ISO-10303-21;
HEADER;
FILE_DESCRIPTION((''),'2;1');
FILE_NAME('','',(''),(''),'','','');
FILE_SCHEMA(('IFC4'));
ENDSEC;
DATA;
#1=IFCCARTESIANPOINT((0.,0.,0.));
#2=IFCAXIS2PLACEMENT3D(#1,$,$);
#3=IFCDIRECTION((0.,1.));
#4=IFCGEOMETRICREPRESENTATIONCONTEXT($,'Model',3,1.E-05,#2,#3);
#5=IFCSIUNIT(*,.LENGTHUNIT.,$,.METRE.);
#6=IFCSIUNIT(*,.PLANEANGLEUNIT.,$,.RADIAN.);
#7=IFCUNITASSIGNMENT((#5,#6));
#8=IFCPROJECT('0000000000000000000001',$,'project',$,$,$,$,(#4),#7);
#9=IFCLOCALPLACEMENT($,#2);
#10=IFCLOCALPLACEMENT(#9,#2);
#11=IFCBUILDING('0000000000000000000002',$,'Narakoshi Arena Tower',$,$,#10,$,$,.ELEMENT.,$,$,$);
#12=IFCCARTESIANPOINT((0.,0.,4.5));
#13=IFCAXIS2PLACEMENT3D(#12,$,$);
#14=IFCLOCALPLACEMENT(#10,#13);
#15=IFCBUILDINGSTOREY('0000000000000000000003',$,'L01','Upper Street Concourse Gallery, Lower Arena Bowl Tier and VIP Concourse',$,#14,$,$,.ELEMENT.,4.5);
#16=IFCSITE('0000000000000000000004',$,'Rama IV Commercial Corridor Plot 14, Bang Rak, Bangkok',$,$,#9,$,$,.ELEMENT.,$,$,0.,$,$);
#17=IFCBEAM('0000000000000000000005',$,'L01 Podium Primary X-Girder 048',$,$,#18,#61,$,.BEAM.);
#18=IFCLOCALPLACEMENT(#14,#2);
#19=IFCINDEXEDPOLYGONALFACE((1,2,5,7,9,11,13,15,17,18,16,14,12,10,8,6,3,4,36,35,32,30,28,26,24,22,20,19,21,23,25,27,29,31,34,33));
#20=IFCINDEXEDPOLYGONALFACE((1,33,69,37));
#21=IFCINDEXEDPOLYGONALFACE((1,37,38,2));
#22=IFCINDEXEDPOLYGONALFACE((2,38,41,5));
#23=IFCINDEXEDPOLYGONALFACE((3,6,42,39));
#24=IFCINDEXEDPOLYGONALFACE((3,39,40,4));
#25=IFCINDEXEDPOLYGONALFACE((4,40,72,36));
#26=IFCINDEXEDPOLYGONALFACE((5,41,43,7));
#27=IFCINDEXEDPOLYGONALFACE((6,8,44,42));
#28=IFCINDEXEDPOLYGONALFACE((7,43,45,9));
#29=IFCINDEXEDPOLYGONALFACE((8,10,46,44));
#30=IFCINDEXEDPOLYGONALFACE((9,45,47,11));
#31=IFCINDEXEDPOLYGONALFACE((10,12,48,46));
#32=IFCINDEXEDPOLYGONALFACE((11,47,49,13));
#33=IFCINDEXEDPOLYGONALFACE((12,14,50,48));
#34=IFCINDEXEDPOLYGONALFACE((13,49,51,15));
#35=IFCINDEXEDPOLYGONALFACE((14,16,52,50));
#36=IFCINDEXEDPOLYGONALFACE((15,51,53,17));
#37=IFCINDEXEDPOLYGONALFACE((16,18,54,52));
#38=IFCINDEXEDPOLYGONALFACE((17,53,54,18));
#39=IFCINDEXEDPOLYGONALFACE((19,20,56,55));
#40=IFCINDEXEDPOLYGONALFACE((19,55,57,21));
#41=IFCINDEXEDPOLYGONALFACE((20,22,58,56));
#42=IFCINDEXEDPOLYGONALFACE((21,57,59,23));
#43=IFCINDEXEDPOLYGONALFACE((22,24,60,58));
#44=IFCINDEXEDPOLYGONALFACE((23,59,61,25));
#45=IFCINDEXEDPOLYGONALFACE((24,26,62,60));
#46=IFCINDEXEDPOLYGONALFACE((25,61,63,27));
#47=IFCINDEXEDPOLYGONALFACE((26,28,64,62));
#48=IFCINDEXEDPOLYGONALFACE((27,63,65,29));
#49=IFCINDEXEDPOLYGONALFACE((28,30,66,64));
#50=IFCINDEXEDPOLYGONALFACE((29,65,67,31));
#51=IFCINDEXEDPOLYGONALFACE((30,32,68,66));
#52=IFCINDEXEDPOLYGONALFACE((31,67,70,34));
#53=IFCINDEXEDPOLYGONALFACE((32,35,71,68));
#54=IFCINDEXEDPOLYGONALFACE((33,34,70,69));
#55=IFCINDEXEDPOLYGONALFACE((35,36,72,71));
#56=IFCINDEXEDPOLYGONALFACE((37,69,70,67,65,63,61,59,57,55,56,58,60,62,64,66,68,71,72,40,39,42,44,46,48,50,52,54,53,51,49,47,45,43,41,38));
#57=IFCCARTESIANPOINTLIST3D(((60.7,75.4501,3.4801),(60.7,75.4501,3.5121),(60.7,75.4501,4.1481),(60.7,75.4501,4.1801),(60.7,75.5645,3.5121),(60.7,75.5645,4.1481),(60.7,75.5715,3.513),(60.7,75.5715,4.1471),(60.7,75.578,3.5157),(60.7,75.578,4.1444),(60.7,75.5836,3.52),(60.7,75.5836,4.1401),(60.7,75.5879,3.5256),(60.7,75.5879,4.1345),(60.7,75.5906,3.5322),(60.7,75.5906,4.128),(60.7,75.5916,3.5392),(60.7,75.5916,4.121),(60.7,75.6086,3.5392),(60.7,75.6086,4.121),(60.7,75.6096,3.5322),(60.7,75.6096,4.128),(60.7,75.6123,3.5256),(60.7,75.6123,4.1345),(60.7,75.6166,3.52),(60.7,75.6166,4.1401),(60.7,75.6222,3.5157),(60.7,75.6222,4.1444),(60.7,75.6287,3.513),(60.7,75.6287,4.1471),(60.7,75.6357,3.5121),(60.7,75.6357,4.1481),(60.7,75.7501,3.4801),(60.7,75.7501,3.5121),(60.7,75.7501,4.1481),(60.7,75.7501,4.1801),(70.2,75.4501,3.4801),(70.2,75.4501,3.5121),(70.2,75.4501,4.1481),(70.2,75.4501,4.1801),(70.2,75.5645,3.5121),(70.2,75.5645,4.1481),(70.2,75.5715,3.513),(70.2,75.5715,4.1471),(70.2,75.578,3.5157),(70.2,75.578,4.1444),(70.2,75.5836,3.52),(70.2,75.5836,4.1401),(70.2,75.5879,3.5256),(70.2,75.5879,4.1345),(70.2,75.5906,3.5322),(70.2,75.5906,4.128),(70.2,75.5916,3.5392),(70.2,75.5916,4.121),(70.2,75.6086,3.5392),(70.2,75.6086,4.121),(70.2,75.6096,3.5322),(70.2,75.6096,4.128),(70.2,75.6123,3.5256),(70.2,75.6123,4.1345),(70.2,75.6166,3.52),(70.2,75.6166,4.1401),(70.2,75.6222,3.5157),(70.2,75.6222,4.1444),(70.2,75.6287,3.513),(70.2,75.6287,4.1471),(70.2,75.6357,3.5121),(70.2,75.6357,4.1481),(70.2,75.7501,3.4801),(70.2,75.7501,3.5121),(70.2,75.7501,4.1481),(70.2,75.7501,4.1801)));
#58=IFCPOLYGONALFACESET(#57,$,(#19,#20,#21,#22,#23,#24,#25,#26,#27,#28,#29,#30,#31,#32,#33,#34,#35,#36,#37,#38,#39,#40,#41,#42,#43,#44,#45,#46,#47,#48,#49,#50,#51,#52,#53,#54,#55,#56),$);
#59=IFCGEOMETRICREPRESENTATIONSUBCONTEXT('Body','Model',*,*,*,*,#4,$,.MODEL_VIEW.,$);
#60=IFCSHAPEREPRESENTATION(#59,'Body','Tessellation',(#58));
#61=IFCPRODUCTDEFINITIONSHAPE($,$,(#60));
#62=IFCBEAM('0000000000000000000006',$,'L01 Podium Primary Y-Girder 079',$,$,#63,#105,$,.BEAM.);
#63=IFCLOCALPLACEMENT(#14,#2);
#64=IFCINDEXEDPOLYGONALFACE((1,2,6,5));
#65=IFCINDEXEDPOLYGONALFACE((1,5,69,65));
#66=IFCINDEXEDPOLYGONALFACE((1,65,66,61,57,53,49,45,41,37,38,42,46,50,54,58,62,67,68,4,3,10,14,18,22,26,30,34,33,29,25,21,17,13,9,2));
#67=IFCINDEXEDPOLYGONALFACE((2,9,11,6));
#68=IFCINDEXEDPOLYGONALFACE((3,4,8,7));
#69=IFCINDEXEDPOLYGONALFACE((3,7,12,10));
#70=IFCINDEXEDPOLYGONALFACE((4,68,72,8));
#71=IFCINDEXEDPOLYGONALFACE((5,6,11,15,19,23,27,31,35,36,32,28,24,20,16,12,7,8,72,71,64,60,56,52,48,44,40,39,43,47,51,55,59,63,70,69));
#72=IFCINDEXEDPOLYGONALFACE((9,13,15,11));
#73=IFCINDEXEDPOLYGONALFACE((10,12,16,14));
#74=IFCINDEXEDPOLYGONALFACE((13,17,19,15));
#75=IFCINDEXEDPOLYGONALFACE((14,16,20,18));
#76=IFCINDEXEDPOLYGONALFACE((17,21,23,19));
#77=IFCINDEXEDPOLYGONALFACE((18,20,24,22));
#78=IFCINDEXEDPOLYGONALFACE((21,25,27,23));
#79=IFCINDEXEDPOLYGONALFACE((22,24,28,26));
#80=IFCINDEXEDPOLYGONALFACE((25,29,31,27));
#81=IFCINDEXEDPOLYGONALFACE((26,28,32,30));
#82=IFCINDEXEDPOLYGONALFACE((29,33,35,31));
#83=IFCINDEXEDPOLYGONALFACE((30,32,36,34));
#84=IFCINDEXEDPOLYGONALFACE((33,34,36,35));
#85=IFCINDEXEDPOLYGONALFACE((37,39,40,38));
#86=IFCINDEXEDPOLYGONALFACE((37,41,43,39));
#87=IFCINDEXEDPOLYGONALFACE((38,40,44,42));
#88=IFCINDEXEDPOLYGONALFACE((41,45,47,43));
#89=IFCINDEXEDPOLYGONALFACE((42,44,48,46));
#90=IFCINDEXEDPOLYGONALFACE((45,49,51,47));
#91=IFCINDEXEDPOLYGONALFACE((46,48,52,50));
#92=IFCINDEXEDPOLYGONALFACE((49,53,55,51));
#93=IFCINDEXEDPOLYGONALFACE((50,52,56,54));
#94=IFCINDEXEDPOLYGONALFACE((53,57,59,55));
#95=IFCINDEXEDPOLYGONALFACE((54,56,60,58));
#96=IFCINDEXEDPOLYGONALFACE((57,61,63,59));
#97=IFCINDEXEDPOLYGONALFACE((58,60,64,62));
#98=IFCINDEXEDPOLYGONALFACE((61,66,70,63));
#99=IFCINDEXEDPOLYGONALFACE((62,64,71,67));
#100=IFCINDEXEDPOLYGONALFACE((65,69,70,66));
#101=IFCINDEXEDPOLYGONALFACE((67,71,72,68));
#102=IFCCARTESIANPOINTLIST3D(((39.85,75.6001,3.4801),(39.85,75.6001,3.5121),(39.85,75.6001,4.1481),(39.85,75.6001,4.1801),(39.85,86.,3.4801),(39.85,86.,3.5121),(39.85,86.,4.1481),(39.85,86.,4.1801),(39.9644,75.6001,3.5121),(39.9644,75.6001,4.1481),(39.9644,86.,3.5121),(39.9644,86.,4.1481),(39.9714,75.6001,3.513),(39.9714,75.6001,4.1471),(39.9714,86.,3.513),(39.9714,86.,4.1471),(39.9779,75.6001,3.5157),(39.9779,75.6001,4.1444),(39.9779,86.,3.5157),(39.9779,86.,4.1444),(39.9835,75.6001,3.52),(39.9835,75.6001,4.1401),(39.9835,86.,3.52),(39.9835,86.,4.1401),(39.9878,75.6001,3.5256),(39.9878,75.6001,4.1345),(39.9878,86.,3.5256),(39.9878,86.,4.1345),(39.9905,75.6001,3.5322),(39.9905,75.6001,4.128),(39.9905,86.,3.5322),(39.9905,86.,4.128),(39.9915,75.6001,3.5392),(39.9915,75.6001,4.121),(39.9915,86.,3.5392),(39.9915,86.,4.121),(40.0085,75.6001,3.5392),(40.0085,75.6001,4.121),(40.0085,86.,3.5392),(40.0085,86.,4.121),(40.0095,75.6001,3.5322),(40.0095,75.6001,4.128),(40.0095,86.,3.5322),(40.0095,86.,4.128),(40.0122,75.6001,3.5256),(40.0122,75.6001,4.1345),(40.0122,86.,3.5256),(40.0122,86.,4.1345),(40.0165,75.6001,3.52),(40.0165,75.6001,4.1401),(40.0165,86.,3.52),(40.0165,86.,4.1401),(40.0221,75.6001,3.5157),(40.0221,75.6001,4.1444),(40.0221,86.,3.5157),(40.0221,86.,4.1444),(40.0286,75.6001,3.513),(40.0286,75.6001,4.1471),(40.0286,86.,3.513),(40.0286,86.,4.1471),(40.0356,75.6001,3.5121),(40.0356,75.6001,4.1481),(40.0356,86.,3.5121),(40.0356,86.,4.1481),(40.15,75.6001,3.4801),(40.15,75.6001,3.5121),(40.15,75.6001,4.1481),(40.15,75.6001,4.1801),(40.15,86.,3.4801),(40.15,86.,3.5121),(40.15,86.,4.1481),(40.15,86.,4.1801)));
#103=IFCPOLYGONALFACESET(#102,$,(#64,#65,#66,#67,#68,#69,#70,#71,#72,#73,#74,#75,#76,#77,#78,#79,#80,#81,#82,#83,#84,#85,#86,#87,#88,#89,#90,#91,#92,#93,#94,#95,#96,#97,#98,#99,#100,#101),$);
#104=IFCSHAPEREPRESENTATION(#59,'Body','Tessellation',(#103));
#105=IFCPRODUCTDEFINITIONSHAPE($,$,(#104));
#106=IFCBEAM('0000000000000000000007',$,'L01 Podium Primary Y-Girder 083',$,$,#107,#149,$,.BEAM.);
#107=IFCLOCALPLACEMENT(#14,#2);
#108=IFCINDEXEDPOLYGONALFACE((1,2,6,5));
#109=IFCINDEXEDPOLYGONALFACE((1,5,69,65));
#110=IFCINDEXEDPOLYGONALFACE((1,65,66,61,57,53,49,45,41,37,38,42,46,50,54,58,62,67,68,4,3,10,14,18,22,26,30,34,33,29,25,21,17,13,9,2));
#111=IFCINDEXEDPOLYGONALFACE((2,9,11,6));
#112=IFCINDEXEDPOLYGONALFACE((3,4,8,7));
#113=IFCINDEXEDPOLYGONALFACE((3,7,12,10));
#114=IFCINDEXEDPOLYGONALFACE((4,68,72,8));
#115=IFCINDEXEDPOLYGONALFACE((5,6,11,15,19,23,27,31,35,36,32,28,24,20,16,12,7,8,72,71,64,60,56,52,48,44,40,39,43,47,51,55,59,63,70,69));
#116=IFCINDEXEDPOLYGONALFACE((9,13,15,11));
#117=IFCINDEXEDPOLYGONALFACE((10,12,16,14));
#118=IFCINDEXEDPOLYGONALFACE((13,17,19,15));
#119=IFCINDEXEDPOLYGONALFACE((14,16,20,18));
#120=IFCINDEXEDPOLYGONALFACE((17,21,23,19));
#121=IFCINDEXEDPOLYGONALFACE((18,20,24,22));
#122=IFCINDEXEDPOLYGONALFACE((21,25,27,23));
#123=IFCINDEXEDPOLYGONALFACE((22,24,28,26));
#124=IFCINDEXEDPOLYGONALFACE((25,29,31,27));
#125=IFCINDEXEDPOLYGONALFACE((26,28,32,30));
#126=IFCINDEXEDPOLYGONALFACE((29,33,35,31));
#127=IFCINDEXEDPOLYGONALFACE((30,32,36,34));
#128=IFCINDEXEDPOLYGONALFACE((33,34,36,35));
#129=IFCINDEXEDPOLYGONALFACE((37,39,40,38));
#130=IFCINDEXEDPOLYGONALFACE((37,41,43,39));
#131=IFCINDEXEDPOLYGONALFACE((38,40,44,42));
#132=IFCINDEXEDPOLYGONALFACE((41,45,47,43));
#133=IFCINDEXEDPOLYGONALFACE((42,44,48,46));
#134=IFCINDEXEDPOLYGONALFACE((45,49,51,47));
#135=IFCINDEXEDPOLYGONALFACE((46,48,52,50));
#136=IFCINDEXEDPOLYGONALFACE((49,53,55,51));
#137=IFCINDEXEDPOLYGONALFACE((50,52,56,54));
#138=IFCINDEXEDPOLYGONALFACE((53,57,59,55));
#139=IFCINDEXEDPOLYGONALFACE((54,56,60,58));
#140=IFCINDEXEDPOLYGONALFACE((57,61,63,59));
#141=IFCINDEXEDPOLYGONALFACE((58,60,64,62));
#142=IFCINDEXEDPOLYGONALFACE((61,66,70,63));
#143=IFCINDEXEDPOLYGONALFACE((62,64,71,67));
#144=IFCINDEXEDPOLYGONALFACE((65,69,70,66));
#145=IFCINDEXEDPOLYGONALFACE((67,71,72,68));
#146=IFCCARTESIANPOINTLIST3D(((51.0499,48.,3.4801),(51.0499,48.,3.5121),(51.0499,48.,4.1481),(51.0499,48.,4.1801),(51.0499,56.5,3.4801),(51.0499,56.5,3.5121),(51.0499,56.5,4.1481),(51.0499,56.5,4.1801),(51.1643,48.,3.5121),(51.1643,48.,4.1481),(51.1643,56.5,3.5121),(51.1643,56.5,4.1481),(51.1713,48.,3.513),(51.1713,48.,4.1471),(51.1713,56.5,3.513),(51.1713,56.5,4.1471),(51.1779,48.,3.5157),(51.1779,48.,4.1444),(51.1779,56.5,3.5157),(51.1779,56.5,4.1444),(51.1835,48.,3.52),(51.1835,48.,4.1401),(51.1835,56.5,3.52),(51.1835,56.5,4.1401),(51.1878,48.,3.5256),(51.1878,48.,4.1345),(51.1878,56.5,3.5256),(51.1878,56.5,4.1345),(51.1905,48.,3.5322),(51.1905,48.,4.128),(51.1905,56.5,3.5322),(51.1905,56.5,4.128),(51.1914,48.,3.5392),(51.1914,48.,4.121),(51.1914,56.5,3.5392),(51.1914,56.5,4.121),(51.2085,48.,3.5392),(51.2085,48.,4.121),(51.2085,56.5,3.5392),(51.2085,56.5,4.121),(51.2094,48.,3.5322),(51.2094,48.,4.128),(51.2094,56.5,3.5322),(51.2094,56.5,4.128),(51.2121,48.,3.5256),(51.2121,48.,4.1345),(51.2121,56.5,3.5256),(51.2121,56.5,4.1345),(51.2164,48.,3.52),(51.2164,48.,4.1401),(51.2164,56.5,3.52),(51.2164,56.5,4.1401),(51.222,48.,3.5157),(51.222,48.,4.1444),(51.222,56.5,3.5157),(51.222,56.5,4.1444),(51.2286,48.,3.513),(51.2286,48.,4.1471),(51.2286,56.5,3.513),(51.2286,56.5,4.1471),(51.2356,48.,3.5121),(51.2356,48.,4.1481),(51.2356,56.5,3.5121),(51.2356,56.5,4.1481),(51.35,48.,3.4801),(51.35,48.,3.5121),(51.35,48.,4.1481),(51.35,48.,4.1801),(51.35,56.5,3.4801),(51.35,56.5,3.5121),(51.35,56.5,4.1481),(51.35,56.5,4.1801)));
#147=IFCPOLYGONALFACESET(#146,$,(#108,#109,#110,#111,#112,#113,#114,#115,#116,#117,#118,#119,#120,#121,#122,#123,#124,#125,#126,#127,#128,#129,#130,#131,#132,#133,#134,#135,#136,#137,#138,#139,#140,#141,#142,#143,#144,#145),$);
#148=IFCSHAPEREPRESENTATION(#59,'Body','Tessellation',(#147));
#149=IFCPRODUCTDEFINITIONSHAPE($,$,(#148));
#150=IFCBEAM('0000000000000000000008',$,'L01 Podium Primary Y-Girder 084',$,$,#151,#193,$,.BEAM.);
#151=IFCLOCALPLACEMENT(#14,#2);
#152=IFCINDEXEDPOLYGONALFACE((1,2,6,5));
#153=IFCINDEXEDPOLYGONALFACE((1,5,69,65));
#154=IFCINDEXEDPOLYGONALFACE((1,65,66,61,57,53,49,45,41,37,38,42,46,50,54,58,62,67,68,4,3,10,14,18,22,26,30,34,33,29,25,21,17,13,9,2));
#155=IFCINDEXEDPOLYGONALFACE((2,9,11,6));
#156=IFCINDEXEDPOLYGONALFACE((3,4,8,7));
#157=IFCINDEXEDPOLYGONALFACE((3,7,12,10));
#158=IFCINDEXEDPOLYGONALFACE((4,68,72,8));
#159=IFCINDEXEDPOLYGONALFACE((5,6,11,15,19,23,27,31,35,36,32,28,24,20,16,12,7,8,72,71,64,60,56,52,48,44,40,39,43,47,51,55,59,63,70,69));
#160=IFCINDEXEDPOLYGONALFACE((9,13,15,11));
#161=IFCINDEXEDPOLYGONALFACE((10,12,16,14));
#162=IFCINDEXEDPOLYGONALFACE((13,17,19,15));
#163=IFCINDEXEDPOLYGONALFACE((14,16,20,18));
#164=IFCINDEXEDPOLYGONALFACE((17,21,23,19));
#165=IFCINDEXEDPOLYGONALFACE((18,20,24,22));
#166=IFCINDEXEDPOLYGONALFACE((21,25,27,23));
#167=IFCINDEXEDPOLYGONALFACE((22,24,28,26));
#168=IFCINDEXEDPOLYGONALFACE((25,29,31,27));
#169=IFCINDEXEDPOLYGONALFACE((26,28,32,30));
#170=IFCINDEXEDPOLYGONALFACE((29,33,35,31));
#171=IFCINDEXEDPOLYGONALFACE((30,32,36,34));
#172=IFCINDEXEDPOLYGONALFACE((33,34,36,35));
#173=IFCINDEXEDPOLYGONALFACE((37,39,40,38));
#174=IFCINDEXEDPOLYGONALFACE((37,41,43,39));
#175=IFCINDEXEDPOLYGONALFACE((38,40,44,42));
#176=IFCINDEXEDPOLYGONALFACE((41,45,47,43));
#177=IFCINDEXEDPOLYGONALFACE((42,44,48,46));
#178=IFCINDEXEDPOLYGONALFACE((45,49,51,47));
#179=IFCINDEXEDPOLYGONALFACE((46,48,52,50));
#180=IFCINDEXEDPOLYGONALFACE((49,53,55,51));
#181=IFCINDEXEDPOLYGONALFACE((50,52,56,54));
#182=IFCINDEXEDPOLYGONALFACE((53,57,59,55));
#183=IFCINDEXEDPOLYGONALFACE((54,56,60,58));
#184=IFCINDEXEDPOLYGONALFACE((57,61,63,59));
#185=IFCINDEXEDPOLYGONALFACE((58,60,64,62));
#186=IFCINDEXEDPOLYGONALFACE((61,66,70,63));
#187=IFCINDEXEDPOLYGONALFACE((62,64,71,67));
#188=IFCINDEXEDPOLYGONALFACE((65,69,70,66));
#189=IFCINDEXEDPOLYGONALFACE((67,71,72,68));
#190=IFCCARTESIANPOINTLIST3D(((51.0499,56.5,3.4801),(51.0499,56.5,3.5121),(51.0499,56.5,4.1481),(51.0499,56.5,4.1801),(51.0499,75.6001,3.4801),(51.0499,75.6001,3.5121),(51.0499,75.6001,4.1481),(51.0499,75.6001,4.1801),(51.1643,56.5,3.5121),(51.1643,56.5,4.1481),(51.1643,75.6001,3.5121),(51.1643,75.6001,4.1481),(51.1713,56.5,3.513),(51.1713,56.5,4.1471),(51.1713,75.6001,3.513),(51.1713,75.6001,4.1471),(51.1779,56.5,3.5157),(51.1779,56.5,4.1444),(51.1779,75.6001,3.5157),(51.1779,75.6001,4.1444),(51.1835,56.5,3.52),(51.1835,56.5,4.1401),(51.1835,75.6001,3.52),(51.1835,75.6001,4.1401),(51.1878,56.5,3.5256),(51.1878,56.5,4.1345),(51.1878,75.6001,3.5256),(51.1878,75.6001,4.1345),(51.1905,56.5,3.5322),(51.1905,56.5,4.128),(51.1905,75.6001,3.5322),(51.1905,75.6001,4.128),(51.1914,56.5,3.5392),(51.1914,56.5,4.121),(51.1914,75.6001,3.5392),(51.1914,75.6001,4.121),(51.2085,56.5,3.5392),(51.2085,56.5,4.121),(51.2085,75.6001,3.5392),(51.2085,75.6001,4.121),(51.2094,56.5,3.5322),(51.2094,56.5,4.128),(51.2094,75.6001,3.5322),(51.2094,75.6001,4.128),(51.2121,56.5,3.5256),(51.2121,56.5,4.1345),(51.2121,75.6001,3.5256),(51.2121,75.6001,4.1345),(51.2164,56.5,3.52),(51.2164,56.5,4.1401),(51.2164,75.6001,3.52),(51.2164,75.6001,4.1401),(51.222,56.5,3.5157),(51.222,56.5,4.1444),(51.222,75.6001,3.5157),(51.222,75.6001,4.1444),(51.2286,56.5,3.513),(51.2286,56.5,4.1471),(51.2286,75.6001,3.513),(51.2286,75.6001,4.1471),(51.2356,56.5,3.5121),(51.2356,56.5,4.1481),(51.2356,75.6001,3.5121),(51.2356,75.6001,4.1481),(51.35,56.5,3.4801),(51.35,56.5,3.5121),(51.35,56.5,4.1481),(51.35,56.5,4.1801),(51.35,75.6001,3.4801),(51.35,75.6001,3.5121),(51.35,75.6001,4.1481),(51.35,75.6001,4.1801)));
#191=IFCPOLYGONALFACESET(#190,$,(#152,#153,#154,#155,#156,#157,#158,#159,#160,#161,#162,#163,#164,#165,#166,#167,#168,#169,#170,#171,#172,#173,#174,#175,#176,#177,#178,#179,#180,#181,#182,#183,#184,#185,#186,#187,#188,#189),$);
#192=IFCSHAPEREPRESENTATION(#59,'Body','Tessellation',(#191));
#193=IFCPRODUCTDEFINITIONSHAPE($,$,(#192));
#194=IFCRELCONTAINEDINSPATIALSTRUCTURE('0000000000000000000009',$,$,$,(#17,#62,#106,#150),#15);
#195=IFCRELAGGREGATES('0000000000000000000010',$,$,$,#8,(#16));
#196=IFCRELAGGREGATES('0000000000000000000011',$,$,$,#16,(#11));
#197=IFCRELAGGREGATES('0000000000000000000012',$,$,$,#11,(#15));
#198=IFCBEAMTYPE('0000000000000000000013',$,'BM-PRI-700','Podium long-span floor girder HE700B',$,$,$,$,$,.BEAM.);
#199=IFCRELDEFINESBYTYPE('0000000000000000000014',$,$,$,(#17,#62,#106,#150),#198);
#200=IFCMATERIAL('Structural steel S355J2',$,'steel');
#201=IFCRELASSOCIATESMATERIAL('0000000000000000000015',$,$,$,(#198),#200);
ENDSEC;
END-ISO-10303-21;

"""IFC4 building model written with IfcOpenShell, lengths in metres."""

from ifc_helpers import new_model, si_unit, direction, frame, origin, origin_2d, place, context, subcontext, project, spatial, i_section, extrude, material, material_profile, profile_set, type_object, element, save


model = new_model("IFC4")

# Units and contexts
model_context = context("Model", 3, precision=1e-05, world=origin(), true_north=direction((0.0, 1.0)))
body_context = subcontext(model_context, "Body", "Model", "MODEL_VIEW")
ifc_project = project(units=[si_unit("LENGTHUNIT", "METRE"), si_unit("PLANEANGLEUNIT", "RADIAN")], contexts=[model_context])

# Site, building, storey
site_placement = place(None, origin())
site = spatial("IfcSite", under=ifc_project, at=site_placement, Name="Rama IV Commercial Corridor Plot 14, Bang Rak, Bangkok", CompositionType="ELEMENT", RefElevation=0.0)
building_placement = place(site_placement, origin())
building = spatial("IfcBuilding", under=site, at=building_placement, Name="Narakoshi Arena Tower", CompositionType="ELEMENT")
storey_placement = place(building_placement, frame((0.0, 0.0, 4.5)))
storey = spatial("IfcBuildingStorey", under=building, at=storey_placement, Name="L01", Description="Upper Street Concourse Gallery, Lower Arena Bowl Tier and VIP Concourse", CompositionType="ELEMENT", Elevation=4.5)

# Beams
ifc_material_1 = material(Name="Structural steel S355J2", Category="steel")
ifc_material_profile_1 = material_profile(ifc_material_1, i_section(OverallWidth=0.3, OverallDepth=0.7, WebThickness=0.0171, FlangeThickness=0.032, FilletRadius=0.0271, at=origin_2d()), Name="HE700B")
ifc_profile_set_1 = profile_set([ifc_material_profile_1], Name="Structural steel S355J2")
beam_type_1 = type_object("IfcBeamType", Name="BM-PRI-700", Description="Podium long-span floor girder HE700B", PredefinedType="BEAM", material=ifc_profile_set_1)
for number, where, z_axis, x_axis, name in (
    (1, (60.7, 75.6001, 3.8301), (1.0, 0.0, 0.0), (0.0, 1.0, 0.0), "L01 Podium Primary X-Girder 048"),
):
    element("IfcBeam", number, at=place(storey_placement, frame(where, z_axis=z_axis, x_axis=x_axis)), inside=storey, type_object=beam_type_1, Name=name, PredefinedType="BEAM", context=body_context, shape_type="SweptSolid", body=[
        extrude(i_section(OverallWidth=0.3, OverallDepth=0.7, WebThickness=0.0171, FlangeThickness=0.032, FilletRadius=0.0271, at=origin_2d()), origin(), (0.0, 0.0, 1.0), 9.5),
    ])
beam_1_placement = place(storey_placement, frame((40.0, 75.6001, 3.8301), z_axis=(0.0, 1.0, 0.0), x_axis=(-1.0, 0.0, 0.0)))
element("IfcBeam", 2, at=beam_1_placement, inside=storey, type_object=beam_type_1, Name="L01 Podium Primary Y-Girder 079", PredefinedType="BEAM", context=body_context, shape_type="SweptSolid", body=[
    extrude(i_section(OverallWidth=0.3, OverallDepth=0.7, WebThickness=0.0171, FlangeThickness=0.032, FilletRadius=0.0271, at=origin_2d()), origin(), (0.0, 0.0, 1.0), 10.3999),
])
beam_2_placement = place(storey_placement, frame((51.2, 48.0, 3.8301), z_axis=(0.0, 1.0, 0.0), x_axis=(-1.0, 0.0, 0.0)))
element("IfcBeam", 3, at=beam_2_placement, inside=storey, type_object=beam_type_1, Name="L01 Podium Primary Y-Girder 083", PredefinedType="BEAM", context=body_context, shape_type="SweptSolid", body=[
    extrude(i_section(OverallWidth=0.3, OverallDepth=0.7, WebThickness=0.0171, FlangeThickness=0.032, FilletRadius=0.0271, at=origin_2d()), origin(), (0.0, 0.0, 1.0), 8.5),
])
beam_3_placement = place(storey_placement, frame((51.2, 56.5, 3.8301), z_axis=(0.0, 1.0, 0.0), x_axis=(-1.0, 0.0, 0.0)))
element("IfcBeam", 4, at=beam_3_placement, inside=storey, type_object=beam_type_1, Name="L01 Podium Primary Y-Girder 084", PredefinedType="BEAM", context=body_context, shape_type="SweptSolid", body=[
    extrude(i_section(OverallWidth=0.3, OverallDepth=0.7, WebThickness=0.0171, FlangeThickness=0.032, FilletRadius=0.0271, at=origin_2d()), origin(), (0.0, 0.0, 1.0), 19.1001),
])

save(model, "model.ifc")
